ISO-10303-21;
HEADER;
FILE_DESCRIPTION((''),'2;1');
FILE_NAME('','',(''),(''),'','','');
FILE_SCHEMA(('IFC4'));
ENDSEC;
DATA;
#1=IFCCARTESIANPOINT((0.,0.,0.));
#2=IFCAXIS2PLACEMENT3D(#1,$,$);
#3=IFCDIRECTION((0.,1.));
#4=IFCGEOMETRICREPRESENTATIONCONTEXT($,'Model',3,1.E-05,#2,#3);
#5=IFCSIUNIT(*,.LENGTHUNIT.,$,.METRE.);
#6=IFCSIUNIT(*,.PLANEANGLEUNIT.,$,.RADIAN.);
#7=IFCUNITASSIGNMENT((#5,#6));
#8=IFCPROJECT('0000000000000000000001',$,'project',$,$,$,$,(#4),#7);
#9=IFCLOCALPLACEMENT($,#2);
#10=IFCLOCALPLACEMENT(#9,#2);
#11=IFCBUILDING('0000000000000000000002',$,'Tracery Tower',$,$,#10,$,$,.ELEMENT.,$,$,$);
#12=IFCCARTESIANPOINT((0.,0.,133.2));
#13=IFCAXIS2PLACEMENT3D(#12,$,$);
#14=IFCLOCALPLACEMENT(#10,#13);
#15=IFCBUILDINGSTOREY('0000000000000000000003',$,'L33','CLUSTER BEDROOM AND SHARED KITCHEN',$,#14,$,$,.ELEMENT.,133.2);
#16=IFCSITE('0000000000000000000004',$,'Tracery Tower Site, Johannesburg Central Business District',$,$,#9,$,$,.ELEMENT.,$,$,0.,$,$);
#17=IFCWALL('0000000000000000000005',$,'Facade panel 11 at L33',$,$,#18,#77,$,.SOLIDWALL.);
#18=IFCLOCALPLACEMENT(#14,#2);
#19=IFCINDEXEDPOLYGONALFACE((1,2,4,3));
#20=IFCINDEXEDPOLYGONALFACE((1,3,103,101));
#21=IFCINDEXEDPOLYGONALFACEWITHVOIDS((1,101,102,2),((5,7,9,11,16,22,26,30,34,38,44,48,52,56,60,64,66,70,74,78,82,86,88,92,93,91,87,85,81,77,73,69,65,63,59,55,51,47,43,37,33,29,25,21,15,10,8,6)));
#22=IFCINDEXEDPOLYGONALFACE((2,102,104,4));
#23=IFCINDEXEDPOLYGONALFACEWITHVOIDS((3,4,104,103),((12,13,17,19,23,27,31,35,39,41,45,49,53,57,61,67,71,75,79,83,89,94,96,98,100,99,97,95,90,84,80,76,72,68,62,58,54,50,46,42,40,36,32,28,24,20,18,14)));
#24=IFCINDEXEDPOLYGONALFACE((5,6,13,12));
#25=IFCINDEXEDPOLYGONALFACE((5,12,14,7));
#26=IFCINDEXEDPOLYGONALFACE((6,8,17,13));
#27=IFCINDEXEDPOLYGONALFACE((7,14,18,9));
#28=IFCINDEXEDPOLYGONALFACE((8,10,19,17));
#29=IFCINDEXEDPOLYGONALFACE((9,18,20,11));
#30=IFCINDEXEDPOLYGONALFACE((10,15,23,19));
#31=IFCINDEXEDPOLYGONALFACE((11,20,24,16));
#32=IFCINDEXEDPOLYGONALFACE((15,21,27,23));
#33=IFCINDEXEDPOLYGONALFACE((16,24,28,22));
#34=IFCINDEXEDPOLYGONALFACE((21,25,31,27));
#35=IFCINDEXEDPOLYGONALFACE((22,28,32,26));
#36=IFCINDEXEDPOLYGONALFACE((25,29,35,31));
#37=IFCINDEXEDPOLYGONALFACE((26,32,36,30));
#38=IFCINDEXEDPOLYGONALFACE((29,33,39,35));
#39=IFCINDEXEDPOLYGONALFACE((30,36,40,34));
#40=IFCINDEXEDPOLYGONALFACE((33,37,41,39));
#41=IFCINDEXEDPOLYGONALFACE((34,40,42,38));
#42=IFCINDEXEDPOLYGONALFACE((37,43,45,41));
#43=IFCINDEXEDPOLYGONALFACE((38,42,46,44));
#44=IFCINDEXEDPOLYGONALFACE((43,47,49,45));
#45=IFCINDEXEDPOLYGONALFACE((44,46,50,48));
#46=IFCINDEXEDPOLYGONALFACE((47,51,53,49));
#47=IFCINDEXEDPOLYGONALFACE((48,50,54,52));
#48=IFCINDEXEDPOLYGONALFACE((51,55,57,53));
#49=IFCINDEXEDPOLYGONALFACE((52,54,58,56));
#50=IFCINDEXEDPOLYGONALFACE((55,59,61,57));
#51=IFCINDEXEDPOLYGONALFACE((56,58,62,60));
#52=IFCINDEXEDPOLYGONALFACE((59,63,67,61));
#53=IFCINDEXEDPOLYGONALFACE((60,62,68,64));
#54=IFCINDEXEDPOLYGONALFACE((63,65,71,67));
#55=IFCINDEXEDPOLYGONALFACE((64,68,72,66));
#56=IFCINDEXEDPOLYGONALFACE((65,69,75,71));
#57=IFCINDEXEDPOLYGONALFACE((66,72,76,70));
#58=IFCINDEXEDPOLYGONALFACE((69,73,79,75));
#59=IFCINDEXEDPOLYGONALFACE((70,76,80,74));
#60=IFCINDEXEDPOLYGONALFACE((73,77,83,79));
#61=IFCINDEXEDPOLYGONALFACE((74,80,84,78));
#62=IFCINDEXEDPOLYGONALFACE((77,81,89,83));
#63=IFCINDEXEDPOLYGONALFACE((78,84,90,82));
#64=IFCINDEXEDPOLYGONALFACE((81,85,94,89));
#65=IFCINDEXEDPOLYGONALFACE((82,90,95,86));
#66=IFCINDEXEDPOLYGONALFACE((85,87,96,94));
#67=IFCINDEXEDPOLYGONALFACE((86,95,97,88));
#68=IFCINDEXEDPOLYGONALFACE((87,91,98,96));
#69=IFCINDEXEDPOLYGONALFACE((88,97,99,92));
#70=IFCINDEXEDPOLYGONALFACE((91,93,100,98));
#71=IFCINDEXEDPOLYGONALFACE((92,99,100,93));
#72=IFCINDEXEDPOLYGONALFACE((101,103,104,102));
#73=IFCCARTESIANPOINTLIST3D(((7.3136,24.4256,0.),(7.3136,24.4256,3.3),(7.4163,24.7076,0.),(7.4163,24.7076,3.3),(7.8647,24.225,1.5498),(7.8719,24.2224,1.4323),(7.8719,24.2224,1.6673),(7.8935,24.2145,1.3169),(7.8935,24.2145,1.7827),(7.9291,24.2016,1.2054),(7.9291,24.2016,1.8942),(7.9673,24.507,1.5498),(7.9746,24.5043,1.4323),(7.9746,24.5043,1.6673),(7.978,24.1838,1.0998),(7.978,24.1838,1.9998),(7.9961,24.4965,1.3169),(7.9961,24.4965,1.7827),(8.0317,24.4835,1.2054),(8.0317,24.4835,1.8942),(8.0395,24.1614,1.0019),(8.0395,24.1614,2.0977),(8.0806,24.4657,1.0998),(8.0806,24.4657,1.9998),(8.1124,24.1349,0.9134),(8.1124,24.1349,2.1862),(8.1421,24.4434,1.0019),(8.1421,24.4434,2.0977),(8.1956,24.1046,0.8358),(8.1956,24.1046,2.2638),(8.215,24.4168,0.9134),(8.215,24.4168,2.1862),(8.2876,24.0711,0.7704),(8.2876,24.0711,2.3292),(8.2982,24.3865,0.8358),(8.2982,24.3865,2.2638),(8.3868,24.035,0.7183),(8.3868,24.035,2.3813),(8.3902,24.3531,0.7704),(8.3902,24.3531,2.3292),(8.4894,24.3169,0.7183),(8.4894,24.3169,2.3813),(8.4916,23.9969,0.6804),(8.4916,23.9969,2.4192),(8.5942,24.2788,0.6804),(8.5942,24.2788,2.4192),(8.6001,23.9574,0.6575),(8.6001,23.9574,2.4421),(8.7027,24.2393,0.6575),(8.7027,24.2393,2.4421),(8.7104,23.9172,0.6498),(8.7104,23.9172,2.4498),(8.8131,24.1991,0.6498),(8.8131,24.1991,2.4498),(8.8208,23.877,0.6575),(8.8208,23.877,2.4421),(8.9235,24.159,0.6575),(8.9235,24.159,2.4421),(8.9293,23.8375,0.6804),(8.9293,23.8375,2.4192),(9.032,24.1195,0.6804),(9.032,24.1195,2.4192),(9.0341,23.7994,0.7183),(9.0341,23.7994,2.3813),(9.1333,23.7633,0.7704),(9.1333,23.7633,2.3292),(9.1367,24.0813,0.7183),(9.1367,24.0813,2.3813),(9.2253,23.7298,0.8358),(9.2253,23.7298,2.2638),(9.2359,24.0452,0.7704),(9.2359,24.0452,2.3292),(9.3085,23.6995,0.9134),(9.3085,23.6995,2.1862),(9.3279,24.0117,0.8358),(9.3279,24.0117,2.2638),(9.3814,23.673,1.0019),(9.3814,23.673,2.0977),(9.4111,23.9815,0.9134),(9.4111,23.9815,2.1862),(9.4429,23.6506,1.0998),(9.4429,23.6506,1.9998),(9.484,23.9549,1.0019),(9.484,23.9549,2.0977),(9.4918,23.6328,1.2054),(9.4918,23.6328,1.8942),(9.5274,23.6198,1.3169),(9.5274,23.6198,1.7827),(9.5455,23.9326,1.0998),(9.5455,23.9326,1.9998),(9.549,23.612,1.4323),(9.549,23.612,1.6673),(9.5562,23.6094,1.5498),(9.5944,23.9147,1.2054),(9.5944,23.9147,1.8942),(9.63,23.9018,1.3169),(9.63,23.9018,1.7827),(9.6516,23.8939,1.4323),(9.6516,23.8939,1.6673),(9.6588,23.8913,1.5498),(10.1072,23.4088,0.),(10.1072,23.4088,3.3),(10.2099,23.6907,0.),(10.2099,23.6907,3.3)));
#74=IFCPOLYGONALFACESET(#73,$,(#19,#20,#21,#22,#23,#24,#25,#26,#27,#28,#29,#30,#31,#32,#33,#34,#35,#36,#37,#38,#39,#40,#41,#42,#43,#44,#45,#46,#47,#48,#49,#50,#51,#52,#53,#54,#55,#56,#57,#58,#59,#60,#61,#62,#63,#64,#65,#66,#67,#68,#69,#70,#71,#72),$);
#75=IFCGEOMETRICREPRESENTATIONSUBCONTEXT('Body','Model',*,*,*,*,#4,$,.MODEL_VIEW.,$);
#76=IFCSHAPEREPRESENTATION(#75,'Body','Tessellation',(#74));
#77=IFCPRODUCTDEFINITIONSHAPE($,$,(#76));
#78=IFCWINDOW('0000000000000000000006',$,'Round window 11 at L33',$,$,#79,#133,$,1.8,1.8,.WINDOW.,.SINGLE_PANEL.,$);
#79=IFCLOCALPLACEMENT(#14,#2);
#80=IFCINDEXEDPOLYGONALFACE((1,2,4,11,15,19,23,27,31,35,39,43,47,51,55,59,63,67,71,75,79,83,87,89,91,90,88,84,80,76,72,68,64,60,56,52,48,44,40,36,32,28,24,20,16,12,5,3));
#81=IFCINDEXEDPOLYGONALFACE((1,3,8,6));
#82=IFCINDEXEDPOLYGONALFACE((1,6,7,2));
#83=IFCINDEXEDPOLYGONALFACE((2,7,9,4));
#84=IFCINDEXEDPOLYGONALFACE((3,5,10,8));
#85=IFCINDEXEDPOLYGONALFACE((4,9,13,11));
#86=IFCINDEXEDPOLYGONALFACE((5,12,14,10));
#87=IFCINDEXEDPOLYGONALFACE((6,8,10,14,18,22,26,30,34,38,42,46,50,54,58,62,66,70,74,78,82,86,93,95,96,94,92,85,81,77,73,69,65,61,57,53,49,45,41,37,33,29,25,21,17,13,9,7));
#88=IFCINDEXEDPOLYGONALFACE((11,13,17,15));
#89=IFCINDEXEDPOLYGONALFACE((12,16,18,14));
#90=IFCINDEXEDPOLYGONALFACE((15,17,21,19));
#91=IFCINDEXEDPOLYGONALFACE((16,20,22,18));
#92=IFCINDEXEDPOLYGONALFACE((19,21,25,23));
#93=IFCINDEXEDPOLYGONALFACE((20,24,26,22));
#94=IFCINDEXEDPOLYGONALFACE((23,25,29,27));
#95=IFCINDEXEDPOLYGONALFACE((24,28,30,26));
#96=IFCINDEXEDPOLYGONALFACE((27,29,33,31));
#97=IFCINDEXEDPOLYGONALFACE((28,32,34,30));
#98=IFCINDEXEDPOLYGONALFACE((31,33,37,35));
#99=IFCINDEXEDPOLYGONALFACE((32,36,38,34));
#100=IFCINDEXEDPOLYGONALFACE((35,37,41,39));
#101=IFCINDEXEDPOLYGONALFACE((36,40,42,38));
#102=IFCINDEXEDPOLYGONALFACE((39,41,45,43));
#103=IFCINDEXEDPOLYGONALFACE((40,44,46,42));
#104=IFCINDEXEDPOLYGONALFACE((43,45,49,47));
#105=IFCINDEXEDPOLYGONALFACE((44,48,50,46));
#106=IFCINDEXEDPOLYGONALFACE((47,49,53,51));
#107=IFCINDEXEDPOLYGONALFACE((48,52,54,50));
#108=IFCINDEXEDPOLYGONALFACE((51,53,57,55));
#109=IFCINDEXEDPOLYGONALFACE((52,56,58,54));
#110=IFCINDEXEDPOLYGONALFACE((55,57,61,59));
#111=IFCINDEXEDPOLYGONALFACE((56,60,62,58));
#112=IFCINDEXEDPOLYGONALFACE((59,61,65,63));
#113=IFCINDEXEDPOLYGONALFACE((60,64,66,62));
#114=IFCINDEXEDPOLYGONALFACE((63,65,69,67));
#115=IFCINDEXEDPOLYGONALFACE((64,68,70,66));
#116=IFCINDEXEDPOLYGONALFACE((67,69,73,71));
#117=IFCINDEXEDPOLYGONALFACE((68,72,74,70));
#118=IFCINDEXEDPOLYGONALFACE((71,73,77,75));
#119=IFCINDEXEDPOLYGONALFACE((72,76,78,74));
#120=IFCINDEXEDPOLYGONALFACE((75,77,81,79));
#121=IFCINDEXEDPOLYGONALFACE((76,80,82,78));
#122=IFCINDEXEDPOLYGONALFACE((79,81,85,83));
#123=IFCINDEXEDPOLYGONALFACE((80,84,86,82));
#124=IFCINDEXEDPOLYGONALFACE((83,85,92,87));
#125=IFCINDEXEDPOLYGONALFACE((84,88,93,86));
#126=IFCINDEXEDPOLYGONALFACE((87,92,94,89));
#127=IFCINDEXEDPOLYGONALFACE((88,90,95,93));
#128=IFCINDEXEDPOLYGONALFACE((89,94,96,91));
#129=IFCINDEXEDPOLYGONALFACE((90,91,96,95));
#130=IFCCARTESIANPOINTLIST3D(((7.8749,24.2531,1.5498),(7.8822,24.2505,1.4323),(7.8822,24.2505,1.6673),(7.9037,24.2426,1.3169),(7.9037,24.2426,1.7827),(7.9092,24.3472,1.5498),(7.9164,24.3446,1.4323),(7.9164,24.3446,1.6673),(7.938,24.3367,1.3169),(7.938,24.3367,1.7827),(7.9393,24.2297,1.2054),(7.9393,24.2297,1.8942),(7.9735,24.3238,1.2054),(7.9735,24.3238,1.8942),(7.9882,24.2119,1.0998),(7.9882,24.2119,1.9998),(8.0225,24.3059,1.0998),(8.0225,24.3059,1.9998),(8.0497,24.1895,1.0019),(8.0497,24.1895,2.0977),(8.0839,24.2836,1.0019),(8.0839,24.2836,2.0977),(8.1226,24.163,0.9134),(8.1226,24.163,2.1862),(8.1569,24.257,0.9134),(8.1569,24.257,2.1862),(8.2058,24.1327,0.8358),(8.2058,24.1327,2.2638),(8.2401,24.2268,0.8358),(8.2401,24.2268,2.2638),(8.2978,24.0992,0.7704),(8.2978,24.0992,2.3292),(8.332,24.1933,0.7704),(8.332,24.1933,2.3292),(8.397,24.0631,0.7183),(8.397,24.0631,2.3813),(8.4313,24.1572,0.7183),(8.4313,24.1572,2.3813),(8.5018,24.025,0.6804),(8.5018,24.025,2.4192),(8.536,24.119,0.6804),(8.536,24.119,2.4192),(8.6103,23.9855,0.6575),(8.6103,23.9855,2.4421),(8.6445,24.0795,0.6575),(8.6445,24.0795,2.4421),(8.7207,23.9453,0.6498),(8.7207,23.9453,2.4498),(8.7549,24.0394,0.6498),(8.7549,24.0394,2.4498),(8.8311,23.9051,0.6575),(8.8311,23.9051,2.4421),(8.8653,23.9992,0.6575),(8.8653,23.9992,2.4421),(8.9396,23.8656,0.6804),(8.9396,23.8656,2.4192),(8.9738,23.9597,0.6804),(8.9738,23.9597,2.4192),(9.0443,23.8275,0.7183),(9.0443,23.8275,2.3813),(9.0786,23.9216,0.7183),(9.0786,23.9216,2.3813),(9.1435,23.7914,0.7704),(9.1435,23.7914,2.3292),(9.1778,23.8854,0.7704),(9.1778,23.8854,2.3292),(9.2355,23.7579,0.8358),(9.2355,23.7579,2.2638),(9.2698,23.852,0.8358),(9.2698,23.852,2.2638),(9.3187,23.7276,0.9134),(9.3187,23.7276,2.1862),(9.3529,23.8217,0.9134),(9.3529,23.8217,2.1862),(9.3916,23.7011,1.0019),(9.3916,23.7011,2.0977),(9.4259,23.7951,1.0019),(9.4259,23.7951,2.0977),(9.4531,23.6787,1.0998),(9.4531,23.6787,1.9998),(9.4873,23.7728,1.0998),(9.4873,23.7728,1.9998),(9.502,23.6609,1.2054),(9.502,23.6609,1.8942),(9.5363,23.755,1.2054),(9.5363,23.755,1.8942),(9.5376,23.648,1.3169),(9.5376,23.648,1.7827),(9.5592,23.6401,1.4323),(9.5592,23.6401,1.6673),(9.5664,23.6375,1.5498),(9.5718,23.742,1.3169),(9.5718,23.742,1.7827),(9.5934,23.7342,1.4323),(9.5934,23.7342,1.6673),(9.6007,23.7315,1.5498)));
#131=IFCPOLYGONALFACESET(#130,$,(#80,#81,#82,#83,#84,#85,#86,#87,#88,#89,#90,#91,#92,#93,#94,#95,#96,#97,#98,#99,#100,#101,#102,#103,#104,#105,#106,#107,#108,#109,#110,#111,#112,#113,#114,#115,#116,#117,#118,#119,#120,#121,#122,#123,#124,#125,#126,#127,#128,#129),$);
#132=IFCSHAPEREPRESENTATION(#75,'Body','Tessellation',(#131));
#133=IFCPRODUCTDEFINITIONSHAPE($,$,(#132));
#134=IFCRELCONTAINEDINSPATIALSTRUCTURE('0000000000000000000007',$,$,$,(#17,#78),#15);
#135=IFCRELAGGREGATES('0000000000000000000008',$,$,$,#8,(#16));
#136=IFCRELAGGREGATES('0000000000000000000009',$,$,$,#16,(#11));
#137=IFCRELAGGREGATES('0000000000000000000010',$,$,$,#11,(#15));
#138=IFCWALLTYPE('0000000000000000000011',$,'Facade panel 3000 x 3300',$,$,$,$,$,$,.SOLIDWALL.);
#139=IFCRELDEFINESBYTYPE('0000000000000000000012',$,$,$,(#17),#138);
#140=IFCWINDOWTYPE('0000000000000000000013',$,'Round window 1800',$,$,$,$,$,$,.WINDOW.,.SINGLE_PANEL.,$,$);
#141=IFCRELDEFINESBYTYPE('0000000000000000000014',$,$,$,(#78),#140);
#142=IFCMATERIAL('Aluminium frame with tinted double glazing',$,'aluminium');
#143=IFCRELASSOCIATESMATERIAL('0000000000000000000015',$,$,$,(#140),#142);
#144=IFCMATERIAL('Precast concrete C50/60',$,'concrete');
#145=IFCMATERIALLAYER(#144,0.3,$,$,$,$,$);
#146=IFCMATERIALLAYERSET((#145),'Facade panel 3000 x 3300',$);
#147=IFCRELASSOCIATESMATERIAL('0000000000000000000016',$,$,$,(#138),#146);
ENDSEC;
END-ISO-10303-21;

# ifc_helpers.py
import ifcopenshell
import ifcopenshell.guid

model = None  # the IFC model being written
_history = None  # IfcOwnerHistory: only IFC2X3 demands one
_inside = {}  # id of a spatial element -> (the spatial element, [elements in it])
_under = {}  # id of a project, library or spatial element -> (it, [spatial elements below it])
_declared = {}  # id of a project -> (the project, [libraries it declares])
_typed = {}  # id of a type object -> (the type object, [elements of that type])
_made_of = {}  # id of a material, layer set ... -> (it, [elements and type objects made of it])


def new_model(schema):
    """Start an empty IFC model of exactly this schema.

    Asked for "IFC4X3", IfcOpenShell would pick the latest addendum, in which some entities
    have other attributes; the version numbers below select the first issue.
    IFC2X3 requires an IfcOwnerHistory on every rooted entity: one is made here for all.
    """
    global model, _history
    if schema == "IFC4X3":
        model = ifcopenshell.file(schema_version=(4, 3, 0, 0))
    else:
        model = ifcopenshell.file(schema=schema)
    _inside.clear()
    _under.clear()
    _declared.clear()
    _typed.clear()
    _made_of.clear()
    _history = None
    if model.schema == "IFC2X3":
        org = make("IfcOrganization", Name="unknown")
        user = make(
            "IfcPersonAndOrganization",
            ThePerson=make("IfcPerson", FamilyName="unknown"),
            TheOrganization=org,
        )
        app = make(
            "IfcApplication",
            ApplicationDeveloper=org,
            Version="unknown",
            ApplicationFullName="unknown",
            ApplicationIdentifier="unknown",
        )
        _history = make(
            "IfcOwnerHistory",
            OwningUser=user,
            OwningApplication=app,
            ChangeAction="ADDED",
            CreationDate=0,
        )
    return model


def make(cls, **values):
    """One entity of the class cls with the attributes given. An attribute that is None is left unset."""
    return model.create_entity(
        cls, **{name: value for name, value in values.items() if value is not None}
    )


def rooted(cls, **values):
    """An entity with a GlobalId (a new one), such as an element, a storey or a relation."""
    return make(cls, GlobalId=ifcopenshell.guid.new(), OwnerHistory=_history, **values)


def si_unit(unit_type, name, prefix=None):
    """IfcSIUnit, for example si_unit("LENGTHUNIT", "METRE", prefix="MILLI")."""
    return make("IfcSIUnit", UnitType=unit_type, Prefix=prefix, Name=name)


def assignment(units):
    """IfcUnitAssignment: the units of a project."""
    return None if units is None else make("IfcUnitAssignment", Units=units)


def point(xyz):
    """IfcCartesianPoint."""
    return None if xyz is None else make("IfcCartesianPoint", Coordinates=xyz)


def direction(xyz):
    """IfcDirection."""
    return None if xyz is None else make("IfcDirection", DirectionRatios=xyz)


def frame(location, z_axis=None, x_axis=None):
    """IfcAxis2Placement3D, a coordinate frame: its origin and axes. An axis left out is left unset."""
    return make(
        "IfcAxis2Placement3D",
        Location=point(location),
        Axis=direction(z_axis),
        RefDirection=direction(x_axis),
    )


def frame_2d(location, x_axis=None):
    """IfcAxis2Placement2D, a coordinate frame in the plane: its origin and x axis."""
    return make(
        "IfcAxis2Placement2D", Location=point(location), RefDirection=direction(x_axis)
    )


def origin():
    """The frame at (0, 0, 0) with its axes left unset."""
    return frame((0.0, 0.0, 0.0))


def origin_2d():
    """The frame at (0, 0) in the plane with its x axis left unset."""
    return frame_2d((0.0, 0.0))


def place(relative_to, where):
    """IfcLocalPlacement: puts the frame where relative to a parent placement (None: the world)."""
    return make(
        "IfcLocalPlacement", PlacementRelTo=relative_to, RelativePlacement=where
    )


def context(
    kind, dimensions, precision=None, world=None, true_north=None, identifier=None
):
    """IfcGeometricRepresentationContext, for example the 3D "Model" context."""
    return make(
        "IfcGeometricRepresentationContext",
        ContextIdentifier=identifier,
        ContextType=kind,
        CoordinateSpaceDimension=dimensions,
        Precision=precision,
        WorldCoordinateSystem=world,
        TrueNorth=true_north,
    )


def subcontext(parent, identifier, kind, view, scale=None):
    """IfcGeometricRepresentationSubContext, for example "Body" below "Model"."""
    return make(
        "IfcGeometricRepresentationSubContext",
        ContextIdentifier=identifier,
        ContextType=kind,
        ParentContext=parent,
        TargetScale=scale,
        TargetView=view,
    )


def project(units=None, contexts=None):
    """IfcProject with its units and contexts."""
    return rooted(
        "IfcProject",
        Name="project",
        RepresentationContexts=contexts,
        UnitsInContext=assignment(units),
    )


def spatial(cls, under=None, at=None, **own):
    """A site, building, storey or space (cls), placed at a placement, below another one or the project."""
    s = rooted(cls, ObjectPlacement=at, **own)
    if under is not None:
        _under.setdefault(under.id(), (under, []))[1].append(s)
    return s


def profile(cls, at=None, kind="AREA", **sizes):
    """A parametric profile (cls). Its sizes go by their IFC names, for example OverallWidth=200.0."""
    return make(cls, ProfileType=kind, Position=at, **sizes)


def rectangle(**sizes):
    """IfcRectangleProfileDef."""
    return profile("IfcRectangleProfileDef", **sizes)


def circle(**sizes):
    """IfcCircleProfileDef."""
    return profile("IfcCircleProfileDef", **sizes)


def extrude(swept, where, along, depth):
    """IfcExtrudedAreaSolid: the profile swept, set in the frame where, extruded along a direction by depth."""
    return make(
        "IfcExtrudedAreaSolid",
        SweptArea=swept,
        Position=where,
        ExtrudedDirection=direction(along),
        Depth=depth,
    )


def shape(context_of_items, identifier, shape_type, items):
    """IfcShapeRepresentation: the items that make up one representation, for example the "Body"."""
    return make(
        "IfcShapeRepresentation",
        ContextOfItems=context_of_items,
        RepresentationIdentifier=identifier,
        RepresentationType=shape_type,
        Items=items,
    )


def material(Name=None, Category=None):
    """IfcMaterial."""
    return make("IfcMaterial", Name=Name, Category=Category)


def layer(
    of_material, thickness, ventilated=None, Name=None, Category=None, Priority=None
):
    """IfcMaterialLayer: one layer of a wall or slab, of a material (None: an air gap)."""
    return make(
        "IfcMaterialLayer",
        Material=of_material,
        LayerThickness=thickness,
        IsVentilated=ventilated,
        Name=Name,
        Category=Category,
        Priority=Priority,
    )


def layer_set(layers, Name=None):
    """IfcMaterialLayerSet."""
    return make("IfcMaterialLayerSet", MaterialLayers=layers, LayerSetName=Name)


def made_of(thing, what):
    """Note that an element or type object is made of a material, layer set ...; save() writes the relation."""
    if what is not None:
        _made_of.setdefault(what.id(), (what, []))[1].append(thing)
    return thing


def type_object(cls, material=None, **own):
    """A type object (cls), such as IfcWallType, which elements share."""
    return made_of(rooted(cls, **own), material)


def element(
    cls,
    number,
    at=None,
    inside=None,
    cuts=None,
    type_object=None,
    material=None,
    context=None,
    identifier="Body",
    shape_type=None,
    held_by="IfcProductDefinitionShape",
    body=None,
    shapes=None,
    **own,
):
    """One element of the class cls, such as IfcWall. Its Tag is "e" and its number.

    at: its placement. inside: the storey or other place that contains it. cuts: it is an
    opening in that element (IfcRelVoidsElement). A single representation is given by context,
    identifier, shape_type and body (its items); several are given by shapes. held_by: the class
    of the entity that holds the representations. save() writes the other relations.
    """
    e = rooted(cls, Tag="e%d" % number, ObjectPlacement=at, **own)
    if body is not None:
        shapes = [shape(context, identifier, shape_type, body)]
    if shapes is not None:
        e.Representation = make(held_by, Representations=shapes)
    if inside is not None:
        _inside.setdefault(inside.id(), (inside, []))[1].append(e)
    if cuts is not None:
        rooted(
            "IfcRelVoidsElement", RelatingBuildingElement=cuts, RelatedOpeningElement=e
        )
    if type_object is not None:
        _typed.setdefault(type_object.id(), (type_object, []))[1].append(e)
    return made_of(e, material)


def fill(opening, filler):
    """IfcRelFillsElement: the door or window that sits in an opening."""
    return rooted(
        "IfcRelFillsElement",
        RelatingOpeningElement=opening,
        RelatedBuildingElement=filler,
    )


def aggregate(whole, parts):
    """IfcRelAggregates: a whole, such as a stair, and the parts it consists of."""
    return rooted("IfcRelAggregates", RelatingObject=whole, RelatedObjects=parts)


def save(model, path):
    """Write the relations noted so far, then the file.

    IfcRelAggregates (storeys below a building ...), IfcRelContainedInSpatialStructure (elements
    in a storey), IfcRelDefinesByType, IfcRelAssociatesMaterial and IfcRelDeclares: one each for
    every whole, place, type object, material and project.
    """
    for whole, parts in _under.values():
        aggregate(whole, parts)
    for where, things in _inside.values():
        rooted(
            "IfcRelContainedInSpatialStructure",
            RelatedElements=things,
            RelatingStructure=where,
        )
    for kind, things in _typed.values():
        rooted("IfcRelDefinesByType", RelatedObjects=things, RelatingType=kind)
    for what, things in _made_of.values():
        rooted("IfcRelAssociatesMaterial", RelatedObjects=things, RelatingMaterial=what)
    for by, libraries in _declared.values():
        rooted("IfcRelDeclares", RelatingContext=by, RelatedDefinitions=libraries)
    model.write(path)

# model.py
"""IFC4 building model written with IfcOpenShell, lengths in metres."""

from ifc_helpers import new_model, si_unit, direction, frame, frame_2d, origin, origin_2d, place, context, subcontext, project, spatial, rectangle, circle, extrude, material, layer, layer_set, type_object, element, fill, save


model = new_model("IFC4")

# Units and contexts
model_context = context("Model", 3, precision=1e-05, world=origin(), true_north=direction((0.0, 1.0)))
body_context = subcontext(model_context, "Body", "Model", "MODEL_VIEW")
ifc_project = project(units=[si_unit("LENGTHUNIT", "METRE"), si_unit("PLANEANGLEUNIT", "RADIAN")], contexts=[model_context])

# Site, building, storey
site_placement = place(None, origin())
site = spatial("IfcSite", under=ifc_project, at=site_placement, Name="Tracery Tower Site, Johannesburg Central Business District", CompositionType="ELEMENT", RefElevation=0.0)
building_placement = place(site_placement, origin())
building = spatial("IfcBuilding", under=site, at=building_placement, Name="Tracery Tower", CompositionType="ELEMENT")
storey_placement = place(building_placement, frame((0.0, 0.0, 133.2)))
storey = spatial("IfcBuildingStorey", under=building, at=storey_placement, Name="L33", Description="CLUSTER BEDROOM AND SHARED KITCHEN", CompositionType="ELEMENT", Elevation=133.2)

# Wall, opening, window
ifc_material_1 = material(Name="Aluminium frame with tinted double glazing", Category="aluminium")
window_type = type_object("IfcWindowType", Name="Round window 1800", PartitioningType="SINGLE_PANEL", PredefinedType="WINDOW", material=ifc_material_1)
ifc_material_2 = material(Name="Precast concrete C50/60", Category="concrete")
ifc_layer_1 = layer(ifc_material_2, 0.3)
ifc_layer_set_1 = layer_set([ifc_layer_1], Name="Facade panel 3000 x 3300")
wall_type_1 = type_object("IfcWallType", Name="Facade panel 3000 x 3300", PredefinedType="SOLIDWALL", material=ifc_layer_set_1)
wall_1_placement = place(storey_placement, frame((10.1584, 23.5498, 0.0), z_axis=(0.0, 0.0, 1.0), x_axis=(-0.93969, 0.342027, 0.0)))
wall_1 = element("IfcWall", 1, at=wall_1_placement, inside=storey, type_object=wall_type_1, Name="Facade panel 11 at L33", PredefinedType="SOLIDWALL", context=body_context, shape_type="SweptSolid", body=[
    extrude(rectangle(XDim=2.9729, YDim=0.3, at=frame_2d((1.4863, 0.0))), origin(), (0.0, 0.0, 1.0), 3.3),
])
opening_1_placement = place(wall_1_placement, frame((1.4863, 0.0, 1.5498)))
opening_1 = element("IfcOpeningElement", 2, at=opening_1_placement, cuts=wall_1, PredefinedType="OPENING", context=body_context, shape_type="SweptSolid", body=[
    extrude(circle(Radius=0.9, at=origin_2d()), frame((0.0, 0.1599, 0.0), z_axis=(0.0, -1.0, 0.0), x_axis=(1.0, 0.0, 0.0)), (0.0, 0.0, 1.0), 0.3201),
])
window_1_placement = place(opening_1_placement, origin())
window_1 = element("IfcWindow", 3, at=window_1_placement, inside=storey, type_object=window_type, Name="Round window 11 at L33", OverallHeight=1.8, OverallWidth=1.8, PartitioningType="SINGLE_PANEL", PredefinedType="WINDOW", context=body_context, shape_type="SweptSolid", body=[
    extrude(circle(Radius=0.9, at=origin_2d()), frame((0.0, 0.1201, 0.0), z_axis=(0.0, -1.0, 0.0), x_axis=(1.0, 0.0, 0.0)), (0.0, 0.0, 1.0), 0.1001),
])
fill(opening_1, window_1)

save(model, "model.ifc")
